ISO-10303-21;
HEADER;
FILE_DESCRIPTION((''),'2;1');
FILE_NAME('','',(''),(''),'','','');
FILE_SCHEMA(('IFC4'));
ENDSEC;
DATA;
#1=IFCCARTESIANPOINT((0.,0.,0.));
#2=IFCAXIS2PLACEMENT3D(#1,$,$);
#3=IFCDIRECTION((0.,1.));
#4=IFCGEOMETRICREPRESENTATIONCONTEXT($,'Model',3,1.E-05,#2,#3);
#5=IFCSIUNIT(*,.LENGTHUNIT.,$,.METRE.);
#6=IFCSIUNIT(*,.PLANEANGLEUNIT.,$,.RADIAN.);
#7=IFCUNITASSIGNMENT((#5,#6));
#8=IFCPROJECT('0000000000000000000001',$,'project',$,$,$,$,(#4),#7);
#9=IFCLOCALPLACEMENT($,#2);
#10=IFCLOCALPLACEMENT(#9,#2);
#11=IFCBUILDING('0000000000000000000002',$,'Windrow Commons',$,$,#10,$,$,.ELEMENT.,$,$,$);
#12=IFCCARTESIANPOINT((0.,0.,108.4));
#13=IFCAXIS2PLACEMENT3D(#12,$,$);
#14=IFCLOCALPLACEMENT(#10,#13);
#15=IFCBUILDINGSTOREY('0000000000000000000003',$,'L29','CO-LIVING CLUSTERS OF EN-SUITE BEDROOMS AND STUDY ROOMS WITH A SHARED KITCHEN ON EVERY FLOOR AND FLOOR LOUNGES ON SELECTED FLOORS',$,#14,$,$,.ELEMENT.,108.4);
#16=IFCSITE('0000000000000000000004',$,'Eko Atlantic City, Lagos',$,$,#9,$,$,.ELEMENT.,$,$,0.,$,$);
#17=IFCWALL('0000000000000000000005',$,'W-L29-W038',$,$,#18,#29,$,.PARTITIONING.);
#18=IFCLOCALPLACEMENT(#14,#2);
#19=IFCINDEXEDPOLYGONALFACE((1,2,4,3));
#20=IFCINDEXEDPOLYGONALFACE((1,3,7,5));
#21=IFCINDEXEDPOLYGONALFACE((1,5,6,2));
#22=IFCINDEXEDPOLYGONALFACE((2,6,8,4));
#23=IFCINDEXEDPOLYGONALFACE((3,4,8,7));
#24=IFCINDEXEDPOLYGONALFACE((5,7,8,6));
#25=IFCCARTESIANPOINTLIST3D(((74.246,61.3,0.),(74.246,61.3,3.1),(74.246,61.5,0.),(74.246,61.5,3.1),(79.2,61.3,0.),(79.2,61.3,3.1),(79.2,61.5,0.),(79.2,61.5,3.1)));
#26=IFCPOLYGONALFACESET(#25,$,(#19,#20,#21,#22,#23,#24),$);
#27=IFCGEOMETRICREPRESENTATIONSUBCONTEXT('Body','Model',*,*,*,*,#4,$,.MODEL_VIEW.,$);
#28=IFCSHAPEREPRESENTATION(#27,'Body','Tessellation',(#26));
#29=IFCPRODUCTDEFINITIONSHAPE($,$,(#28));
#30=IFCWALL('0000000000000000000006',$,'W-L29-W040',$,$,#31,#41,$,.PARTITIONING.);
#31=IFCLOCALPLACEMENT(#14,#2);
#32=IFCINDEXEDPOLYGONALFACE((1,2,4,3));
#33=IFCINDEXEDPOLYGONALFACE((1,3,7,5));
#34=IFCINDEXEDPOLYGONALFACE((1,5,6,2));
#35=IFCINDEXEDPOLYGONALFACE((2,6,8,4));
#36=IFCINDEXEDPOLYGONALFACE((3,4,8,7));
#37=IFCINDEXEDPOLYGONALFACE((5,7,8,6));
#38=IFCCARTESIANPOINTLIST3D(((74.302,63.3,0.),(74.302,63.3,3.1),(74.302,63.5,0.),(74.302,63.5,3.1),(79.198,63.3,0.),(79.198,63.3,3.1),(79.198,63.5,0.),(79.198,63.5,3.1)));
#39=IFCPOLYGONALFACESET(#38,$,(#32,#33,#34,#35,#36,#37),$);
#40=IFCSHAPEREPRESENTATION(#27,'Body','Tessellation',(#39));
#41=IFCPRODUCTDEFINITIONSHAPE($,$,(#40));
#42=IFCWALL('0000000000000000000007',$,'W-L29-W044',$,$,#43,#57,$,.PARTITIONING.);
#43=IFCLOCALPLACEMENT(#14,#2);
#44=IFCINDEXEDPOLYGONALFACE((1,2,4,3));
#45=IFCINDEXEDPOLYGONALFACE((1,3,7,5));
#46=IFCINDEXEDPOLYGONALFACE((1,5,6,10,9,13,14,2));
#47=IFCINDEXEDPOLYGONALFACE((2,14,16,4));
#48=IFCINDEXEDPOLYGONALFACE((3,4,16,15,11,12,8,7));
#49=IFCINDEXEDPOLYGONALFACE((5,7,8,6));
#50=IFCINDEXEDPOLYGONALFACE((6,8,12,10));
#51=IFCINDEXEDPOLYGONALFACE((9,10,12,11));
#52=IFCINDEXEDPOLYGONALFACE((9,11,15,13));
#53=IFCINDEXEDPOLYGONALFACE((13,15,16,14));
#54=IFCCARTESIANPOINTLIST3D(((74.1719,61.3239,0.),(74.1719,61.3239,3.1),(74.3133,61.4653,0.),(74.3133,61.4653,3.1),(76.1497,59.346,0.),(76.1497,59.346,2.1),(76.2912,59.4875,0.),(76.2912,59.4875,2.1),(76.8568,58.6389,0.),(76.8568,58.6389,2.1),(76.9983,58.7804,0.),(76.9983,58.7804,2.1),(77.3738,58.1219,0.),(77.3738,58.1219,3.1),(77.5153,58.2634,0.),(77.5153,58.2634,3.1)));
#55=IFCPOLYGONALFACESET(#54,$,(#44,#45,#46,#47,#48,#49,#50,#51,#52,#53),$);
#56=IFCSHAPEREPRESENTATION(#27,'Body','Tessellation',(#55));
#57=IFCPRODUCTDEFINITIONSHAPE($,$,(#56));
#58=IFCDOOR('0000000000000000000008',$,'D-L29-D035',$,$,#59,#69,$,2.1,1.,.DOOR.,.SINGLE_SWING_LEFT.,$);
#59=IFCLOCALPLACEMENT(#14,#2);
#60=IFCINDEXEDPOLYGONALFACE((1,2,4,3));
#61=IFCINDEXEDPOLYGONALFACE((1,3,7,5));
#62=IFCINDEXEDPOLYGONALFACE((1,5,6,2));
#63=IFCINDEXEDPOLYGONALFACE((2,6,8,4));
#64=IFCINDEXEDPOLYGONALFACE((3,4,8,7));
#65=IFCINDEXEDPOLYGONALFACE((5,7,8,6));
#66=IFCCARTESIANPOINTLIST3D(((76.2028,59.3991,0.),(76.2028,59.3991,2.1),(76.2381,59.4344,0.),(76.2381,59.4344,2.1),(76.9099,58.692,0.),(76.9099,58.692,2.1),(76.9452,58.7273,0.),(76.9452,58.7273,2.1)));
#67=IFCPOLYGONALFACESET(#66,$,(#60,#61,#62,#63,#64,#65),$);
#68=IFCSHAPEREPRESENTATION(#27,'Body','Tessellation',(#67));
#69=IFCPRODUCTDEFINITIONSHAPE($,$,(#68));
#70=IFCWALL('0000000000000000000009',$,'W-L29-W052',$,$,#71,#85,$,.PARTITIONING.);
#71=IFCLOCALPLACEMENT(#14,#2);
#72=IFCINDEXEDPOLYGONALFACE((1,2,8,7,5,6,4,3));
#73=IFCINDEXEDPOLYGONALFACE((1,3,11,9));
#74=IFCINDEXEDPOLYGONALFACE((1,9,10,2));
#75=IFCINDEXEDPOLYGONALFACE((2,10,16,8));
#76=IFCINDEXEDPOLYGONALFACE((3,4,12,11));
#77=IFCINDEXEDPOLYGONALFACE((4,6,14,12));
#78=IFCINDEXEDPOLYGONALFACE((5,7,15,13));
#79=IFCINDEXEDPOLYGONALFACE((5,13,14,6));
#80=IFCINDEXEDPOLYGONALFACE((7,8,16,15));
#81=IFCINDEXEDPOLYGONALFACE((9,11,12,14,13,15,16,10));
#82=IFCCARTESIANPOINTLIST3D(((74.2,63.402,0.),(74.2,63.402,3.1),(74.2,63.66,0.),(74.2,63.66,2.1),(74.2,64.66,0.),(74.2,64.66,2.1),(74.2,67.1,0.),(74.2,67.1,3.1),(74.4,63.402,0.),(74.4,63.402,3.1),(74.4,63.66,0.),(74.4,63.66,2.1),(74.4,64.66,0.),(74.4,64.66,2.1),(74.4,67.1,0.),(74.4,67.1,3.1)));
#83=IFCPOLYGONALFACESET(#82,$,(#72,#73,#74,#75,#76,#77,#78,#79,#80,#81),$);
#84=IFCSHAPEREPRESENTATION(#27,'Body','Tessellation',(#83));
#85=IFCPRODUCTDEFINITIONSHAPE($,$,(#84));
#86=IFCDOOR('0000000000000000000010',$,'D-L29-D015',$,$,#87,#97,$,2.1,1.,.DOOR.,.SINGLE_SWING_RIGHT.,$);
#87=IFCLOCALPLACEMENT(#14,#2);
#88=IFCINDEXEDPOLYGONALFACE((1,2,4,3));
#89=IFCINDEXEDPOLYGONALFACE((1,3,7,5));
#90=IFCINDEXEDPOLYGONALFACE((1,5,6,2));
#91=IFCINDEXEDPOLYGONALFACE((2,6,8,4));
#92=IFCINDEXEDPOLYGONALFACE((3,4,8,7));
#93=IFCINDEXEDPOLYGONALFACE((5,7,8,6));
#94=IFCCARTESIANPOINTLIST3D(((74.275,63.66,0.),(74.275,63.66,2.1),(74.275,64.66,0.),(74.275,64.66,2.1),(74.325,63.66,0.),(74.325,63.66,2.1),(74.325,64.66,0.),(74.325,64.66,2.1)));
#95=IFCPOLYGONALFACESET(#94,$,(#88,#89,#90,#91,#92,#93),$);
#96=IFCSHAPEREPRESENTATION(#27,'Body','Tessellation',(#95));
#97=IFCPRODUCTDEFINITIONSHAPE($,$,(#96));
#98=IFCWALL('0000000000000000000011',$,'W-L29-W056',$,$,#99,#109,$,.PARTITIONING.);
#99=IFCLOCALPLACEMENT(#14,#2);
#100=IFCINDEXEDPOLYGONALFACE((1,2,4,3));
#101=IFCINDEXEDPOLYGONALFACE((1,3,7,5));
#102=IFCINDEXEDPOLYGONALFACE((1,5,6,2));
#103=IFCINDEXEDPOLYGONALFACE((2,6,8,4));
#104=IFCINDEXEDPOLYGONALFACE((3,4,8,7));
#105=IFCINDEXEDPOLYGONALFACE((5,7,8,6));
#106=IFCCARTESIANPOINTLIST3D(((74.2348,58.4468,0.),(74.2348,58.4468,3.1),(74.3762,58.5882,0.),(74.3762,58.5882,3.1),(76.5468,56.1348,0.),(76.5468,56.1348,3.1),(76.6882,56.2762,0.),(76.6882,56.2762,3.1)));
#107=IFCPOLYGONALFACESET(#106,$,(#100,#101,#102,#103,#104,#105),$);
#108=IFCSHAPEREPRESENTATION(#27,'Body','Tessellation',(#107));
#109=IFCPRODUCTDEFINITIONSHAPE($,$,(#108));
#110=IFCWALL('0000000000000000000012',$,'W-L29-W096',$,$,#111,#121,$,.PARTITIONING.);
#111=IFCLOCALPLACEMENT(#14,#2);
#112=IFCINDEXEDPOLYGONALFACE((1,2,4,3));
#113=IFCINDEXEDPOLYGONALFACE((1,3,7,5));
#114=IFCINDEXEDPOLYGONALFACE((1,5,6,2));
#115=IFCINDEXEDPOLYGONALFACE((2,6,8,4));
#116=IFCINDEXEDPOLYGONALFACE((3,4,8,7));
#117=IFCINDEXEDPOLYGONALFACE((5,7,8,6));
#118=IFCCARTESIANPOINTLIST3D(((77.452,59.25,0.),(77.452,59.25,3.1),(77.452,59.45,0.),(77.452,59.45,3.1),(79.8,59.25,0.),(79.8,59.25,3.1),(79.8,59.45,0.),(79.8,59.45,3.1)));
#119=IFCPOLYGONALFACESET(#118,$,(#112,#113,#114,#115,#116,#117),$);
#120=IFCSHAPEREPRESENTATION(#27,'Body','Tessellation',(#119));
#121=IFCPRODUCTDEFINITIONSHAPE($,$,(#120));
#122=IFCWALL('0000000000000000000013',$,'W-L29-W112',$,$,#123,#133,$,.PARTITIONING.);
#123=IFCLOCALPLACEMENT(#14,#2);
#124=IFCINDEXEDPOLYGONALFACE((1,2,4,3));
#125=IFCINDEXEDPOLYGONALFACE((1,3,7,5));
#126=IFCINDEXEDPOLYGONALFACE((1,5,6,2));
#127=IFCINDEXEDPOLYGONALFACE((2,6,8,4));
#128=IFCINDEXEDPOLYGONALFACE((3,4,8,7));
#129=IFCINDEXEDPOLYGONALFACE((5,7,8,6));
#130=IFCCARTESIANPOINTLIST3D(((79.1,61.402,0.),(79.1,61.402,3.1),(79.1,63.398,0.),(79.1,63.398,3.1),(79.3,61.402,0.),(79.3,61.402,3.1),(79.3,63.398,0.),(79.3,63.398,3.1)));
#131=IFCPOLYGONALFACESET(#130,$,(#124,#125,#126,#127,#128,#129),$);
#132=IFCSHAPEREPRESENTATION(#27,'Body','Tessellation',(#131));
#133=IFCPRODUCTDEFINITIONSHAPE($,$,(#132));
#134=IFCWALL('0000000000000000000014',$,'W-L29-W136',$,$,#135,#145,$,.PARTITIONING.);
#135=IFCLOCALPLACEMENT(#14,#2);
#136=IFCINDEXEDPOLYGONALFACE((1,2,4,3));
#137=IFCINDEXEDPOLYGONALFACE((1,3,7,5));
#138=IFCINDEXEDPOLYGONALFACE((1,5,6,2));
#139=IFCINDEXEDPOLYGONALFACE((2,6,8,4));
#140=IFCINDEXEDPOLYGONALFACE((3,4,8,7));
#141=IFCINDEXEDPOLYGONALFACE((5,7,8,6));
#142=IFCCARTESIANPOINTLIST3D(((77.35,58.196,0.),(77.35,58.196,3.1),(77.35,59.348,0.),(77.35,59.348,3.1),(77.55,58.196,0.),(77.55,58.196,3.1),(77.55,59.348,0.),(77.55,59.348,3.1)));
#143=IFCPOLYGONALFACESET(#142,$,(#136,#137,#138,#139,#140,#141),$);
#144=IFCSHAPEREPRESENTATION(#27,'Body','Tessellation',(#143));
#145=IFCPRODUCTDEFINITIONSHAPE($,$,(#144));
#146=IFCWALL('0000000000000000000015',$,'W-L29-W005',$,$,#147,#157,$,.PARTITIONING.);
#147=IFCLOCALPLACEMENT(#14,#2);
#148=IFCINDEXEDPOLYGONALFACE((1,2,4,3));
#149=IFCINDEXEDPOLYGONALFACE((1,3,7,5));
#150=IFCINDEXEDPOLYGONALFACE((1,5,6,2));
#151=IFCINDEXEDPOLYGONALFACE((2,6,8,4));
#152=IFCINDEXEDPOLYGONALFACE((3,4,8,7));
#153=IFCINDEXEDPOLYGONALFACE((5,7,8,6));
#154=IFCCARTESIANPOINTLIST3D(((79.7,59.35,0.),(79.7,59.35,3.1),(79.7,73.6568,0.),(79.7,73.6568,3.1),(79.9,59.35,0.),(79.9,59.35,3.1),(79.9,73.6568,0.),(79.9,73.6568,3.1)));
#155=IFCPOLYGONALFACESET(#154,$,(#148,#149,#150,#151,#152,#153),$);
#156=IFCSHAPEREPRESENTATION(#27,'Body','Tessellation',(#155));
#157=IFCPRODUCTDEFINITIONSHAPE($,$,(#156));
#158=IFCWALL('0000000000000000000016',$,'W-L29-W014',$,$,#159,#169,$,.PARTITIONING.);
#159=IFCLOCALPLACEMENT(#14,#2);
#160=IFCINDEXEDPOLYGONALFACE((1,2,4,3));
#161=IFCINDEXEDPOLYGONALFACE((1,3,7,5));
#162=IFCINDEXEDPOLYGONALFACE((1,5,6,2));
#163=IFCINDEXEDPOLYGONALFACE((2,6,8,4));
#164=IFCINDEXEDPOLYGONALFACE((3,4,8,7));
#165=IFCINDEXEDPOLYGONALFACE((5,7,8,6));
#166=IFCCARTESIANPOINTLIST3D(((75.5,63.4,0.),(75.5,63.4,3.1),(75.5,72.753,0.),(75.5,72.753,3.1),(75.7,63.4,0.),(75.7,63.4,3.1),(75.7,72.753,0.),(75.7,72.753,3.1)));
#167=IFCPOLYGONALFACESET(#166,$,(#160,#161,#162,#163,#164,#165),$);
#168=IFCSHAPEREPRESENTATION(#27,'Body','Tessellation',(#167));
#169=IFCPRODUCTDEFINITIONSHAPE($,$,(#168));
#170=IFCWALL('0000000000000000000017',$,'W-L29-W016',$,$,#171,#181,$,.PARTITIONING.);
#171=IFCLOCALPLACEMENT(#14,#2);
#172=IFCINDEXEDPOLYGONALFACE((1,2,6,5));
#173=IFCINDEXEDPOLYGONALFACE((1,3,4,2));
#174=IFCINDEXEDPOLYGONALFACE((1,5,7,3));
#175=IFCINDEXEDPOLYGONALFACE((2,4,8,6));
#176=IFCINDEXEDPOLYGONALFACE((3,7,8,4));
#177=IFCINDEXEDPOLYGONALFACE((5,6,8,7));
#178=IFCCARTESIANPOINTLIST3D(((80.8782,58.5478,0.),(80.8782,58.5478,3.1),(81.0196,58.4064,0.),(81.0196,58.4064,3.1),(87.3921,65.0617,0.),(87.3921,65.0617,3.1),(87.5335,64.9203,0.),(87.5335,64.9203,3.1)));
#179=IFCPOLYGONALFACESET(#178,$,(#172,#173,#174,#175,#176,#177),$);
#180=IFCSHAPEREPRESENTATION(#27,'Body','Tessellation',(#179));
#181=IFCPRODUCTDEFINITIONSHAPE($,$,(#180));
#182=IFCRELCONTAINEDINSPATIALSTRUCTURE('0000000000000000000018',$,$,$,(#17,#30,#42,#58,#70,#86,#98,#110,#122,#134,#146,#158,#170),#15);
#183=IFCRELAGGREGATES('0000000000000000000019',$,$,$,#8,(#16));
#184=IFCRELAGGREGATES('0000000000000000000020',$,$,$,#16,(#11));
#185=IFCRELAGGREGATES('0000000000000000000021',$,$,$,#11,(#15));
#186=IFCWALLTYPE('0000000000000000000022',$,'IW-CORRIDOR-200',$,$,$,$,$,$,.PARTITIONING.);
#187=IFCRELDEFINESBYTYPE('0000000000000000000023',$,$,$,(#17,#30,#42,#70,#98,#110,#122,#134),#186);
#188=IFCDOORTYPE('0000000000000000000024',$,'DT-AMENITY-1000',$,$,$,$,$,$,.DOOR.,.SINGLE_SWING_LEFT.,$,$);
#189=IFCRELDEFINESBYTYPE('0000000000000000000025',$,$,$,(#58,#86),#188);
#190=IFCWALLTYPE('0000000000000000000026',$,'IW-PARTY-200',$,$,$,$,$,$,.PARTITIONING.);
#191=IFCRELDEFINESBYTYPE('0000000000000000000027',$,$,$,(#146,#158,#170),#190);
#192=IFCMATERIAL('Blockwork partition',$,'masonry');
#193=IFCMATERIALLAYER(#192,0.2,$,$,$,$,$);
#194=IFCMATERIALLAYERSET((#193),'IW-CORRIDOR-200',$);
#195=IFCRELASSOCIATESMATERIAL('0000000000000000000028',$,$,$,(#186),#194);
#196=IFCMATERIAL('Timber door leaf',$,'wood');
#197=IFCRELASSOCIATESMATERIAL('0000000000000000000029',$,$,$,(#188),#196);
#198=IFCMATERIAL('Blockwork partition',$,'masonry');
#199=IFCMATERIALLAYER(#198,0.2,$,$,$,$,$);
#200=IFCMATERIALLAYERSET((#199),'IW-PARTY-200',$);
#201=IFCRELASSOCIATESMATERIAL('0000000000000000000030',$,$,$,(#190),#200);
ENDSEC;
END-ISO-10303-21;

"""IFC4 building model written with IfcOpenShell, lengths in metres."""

from ifc_helpers import new_model, si_unit, direction, frame, frame_2d, origin, place, context, subcontext, project, spatial, rectangle, extrude, material, layer, layer_set, type_object, element, fill, save


model = new_model("IFC4")

# Units and contexts
model_context = context("Model", 3, precision=1e-05, world=origin(), true_north=direction((0.0, 1.0)))
body_context = subcontext(model_context, "Body", "Model", "MODEL_VIEW")
ifc_project = project(units=[si_unit("LENGTHUNIT", "METRE"), si_unit("PLANEANGLEUNIT", "RADIAN")], contexts=[model_context])

# Site, building, storey
site_placement = place(None, origin())
site = spatial("IfcSite", under=ifc_project, at=site_placement, Name="Eko Atlantic City, Lagos", CompositionType="ELEMENT", RefElevation=0.0)
building_placement = place(site_placement, origin())
building = spatial("IfcBuilding", under=site, at=building_placement, Name="Windrow Commons", CompositionType="ELEMENT")
storey_placement = place(building_placement, frame((0.0, 0.0, 108.4)))
storey = spatial("IfcBuildingStorey", under=building, at=storey_placement, Name="L29", Description="CO-LIVING CLUSTERS OF EN-SUITE BEDROOMS AND STUDY ROOMS WITH A SHARED KITCHEN ON EVERY FLOOR AND FLOOR LOUNGES ON SELECTED FLOORS", CompositionType="ELEMENT", Elevation=108.4)

# Walls
ifc_material_1 = material(Name="Blockwork partition", Category="masonry")
ifc_layer_1 = layer(ifc_material_1, 0.2)
ifc_layer_set_1 = layer_set([ifc_layer_1], Name="IW-CORRIDOR-200")
wall_type_1 = type_object("IfcWallType", Name="IW-CORRIDOR-200", PredefinedType="PARTITIONING", material=ifc_layer_set_1)
wall_1_placement = place(storey_placement, frame((74.246, 61.4, 0.0), z_axis=(0.0, 0.0, 1.0), x_axis=(1.0, 0.0, 0.0)))
element("IfcWall", 1, at=wall_1_placement, inside=storey, type_object=wall_type_1, Name="W-L29-W038", PredefinedType="PARTITIONING", context=body_context, shape_type="SweptSolid", body=[
    extrude(rectangle(XDim=4.954, YDim=0.2, at=frame_2d((2.477, 0.0))), origin(), (0.0, 0.0, 1.0), 3.1),
])
wall_2_placement = place(storey_placement, frame((74.302, 63.4, 0.0), z_axis=(0.0, 0.0, 1.0), x_axis=(1.0, 0.0, 0.0)))
element("IfcWall", 2, at=wall_2_placement, inside=storey, type_object=wall_type_1, Name="W-L29-W040", PredefinedType="PARTITIONING", context=body_context, shape_type="SweptSolid", body=[
    extrude(rectangle(XDim=4.896, YDim=0.2, at=frame_2d((2.448, 0.0))), origin(), (0.0, 0.0, 1.0), 3.1),
])

# Walls, openings, doors
wall_3_placement = place(storey_placement, frame((74.2426, 61.3946, 0.0), z_axis=(0.0, 0.0, 1.0), x_axis=(0.707107, -0.707107, 0.0)))
wall_3 = element("IfcWall", 3, at=wall_3_placement, inside=storey, type_object=wall_type_1, Name="W-L29-W044", PredefinedType="PARTITIONING", context=body_context, shape_type="SweptSolid", body=[
    extrude(rectangle(XDim=4.5283, YDim=0.2, at=frame_2d((2.2641, 0.0))), origin(), (0.0, 0.0, 1.0), 3.1),
])
opening_1_placement = place(wall_3_placement, frame((2.7971, 0.0, 0.0)))
opening_1 = element("IfcOpeningElement", 4, at=opening_1_placement, cuts=wall_3, PredefinedType="OPENING", context=body_context, shape_type="SweptSolid", body=[
    extrude(rectangle(XDim=1.0, YDim=2.1, at=frame_2d((0.5, 1.05))), frame((0.0, 0.11, 0.0), z_axis=(0.0, -1.0, 0.0), x_axis=(1.0, 0.0, 0.0)), (0.0, 0.0, 1.0), 0.22),
])
ifc_material_2 = material(Name="Timber door leaf", Category="wood")
door_type = type_object("IfcDoorType", Name="DT-AMENITY-1000", OperationType="SINGLE_SWING_LEFT", PredefinedType="DOOR", material=ifc_material_2)
door_1_placement = place(opening_1_placement, origin())
door_1 = element("IfcDoor", 5, at=door_1_placement, inside=storey, type_object=door_type, Name="D-L29-D035", OperationType="SINGLE_SWING_LEFT", OverallHeight=2.1, OverallWidth=1.0, PredefinedType="DOOR", context=body_context, shape_type="SweptSolid", body=[
    extrude(rectangle(XDim=1.0, YDim=2.1, at=frame_2d((0.5, 1.05))), frame((0.0, 0.025, 0.0), z_axis=(0.0, -1.0, 0.0), x_axis=(1.0, 0.0, 0.0)), (0.0, 0.0, 1.0), 0.05),
])
fill(opening_1, door_1)
wall_4_placement = place(storey_placement, frame((74.3, 63.402, 0.0), z_axis=(0.0, 0.0, 1.0), x_axis=(0.0, 1.0, 0.0)))
wall_4 = element("IfcWall", 6, at=wall_4_placement, inside=storey, type_object=wall_type_1, Name="W-L29-W052", PredefinedType="PARTITIONING", context=body_context, shape_type="SweptSolid", body=[
    extrude(rectangle(XDim=3.698, YDim=0.2, at=frame_2d((1.849, 0.0))), origin(), (0.0, 0.0, 1.0), 3.1),
])
opening_2_placement = place(wall_4_placement, frame((0.258, 0.0, 0.0)))
opening_2 = element("IfcOpeningElement", 7, at=opening_2_placement, cuts=wall_4, PredefinedType="OPENING", context=body_context, shape_type="SweptSolid", body=[
    extrude(rectangle(XDim=1.0, YDim=2.1, at=frame_2d((0.5, 1.05))), frame((0.0, 0.11, 0.0), z_axis=(0.0, -1.0, 0.0), x_axis=(1.0, 0.0, 0.0)), (0.0, 0.0, 1.0), 0.22),
])
door_2_placement = place(opening_2_placement, origin())
door_2 = element("IfcDoor", 8, at=door_2_placement, inside=storey, type_object=door_type, Name="D-L29-D015", OperationType="SINGLE_SWING_RIGHT", OverallHeight=2.1, OverallWidth=1.0, PredefinedType="DOOR", context=body_context, shape_type="SweptSolid", body=[
    extrude(rectangle(XDim=1.0, YDim=2.1, at=frame_2d((0.5, 1.05))), frame((0.0, 0.025, 0.0), z_axis=(0.0, -1.0, 0.0), x_axis=(1.0, 0.0, 0.0)), (0.0, 0.0, 1.0), 0.05),
])
fill(opening_2, door_2)

# Walls
wall_5_placement = place(storey_placement, frame((74.3055, 58.5175, 0.0), z_axis=(0.0, 0.0, 1.0), x_axis=(0.707107, -0.707107, 0.0)))
element("IfcWall", 9, at=wall_5_placement, inside=storey, type_object=wall_type_1, Name="W-L29-W056", PredefinedType="PARTITIONING", context=body_context, shape_type="SweptSolid", body=[
    extrude(rectangle(XDim=3.2697, YDim=0.2, at=frame_2d((1.6348, 0.0))), origin(), (0.0, 0.0, 1.0), 3.1),
])
wall_6_placement = place(storey_placement, frame((77.452, 59.35, 0.0), z_axis=(0.0, 0.0, 1.0), x_axis=(1.0, 0.0, 0.0)))
element("IfcWall", 10, at=wall_6_placement, inside=storey, type_object=wall_type_1, Name="W-L29-W096", PredefinedType="PARTITIONING", context=body_context, shape_type="SweptSolid", body=[
    extrude(rectangle(XDim=2.348, YDim=0.2, at=frame_2d((1.174, 0.0))), origin(), (0.0, 0.0, 1.0), 3.1),
])
wall_7_placement = place(storey_placement, frame((79.2, 61.402, 0.0), z_axis=(0.0, 0.0, 1.0), x_axis=(0.0, 1.0, 0.0)))
element("IfcWall", 11, at=wall_7_placement, inside=storey, type_object=wall_type_1, Name="W-L29-W112", PredefinedType="PARTITIONING", context=body_context, shape_type="SweptSolid", body=[
    extrude(rectangle(XDim=1.996, YDim=0.2, at=frame_2d((0.998, 0.0))), origin(), (0.0, 0.0, 1.0), 3.1),
])
wall_8_placement = place(storey_placement, frame((77.45, 58.196, 0.0), z_axis=(0.0, 0.0, 1.0), x_axis=(0.0, 1.0, 0.0)))
element("IfcWall", 12, at=wall_8_placement, inside=storey, type_object=wall_type_1, Name="W-L29-W136", PredefinedType="PARTITIONING", context=body_context, shape_type="SweptSolid", body=[
    extrude(rectangle(XDim=1.152, YDim=0.2, at=frame_2d((0.576, 0.0))), origin(), (0.0, 0.0, 1.0), 3.1),
])
ifc_material_3 = material(Name="Blockwork partition", Category="masonry")
ifc_layer_2 = layer(ifc_material_3, 0.2)
ifc_layer_set_2 = layer_set([ifc_layer_2], Name="IW-PARTY-200")
wall_type_2 = type_object("IfcWallType", Name="IW-PARTY-200", PredefinedType="PARTITIONING", material=ifc_layer_set_2)
wall_9_placement = place(storey_placement, frame((79.8, 59.35, 0.0), z_axis=(0.0, 0.0, 1.0), x_axis=(0.0, 1.0, 0.0)))
element("IfcWall", 13, at=wall_9_placement, inside=storey, type_object=wall_type_2, Name="W-L29-W005", PredefinedType="PARTITIONING", context=body_context, shape_type="SweptSolid", body=[
    extrude(rectangle(XDim=14.3068, YDim=0.2, at=frame_2d((7.1534, 0.0))), origin(), (0.0, 0.0, 1.0), 3.1),
])
wall_10_placement = place(storey_placement, frame((75.6, 63.4, 0.0), z_axis=(0.0, 0.0, 1.0), x_axis=(0.0, 1.0, 0.0)))
element("IfcWall", 14, at=wall_10_placement, inside=storey, type_object=wall_type_2, Name="W-L29-W014", PredefinedType="PARTITIONING", context=body_context, shape_type="SweptSolid", body=[
    extrude(rectangle(XDim=9.3531, YDim=0.2, at=frame_2d((4.6765, 0.0))), origin(), (0.0, 0.0, 1.0), 3.1),
])
wall_11_placement = place(storey_placement, frame((80.9489, 58.4771, 0.0), z_axis=(0.0, 0.0, 1.0), x_axis=(0.707107, 0.707107, 0.0)))
element("IfcWall", 15, at=wall_11_placement, inside=storey, type_object=wall_type_2, Name="W-L29-W016", PredefinedType="PARTITIONING", context=body_context, shape_type="SweptSolid", body=[
    extrude(rectangle(XDim=9.212, YDim=0.2, at=frame_2d((4.606, 0.0))), origin(), (0.0, 0.0, 1.0), 3.1),
])

save(model, "model.ifc")
